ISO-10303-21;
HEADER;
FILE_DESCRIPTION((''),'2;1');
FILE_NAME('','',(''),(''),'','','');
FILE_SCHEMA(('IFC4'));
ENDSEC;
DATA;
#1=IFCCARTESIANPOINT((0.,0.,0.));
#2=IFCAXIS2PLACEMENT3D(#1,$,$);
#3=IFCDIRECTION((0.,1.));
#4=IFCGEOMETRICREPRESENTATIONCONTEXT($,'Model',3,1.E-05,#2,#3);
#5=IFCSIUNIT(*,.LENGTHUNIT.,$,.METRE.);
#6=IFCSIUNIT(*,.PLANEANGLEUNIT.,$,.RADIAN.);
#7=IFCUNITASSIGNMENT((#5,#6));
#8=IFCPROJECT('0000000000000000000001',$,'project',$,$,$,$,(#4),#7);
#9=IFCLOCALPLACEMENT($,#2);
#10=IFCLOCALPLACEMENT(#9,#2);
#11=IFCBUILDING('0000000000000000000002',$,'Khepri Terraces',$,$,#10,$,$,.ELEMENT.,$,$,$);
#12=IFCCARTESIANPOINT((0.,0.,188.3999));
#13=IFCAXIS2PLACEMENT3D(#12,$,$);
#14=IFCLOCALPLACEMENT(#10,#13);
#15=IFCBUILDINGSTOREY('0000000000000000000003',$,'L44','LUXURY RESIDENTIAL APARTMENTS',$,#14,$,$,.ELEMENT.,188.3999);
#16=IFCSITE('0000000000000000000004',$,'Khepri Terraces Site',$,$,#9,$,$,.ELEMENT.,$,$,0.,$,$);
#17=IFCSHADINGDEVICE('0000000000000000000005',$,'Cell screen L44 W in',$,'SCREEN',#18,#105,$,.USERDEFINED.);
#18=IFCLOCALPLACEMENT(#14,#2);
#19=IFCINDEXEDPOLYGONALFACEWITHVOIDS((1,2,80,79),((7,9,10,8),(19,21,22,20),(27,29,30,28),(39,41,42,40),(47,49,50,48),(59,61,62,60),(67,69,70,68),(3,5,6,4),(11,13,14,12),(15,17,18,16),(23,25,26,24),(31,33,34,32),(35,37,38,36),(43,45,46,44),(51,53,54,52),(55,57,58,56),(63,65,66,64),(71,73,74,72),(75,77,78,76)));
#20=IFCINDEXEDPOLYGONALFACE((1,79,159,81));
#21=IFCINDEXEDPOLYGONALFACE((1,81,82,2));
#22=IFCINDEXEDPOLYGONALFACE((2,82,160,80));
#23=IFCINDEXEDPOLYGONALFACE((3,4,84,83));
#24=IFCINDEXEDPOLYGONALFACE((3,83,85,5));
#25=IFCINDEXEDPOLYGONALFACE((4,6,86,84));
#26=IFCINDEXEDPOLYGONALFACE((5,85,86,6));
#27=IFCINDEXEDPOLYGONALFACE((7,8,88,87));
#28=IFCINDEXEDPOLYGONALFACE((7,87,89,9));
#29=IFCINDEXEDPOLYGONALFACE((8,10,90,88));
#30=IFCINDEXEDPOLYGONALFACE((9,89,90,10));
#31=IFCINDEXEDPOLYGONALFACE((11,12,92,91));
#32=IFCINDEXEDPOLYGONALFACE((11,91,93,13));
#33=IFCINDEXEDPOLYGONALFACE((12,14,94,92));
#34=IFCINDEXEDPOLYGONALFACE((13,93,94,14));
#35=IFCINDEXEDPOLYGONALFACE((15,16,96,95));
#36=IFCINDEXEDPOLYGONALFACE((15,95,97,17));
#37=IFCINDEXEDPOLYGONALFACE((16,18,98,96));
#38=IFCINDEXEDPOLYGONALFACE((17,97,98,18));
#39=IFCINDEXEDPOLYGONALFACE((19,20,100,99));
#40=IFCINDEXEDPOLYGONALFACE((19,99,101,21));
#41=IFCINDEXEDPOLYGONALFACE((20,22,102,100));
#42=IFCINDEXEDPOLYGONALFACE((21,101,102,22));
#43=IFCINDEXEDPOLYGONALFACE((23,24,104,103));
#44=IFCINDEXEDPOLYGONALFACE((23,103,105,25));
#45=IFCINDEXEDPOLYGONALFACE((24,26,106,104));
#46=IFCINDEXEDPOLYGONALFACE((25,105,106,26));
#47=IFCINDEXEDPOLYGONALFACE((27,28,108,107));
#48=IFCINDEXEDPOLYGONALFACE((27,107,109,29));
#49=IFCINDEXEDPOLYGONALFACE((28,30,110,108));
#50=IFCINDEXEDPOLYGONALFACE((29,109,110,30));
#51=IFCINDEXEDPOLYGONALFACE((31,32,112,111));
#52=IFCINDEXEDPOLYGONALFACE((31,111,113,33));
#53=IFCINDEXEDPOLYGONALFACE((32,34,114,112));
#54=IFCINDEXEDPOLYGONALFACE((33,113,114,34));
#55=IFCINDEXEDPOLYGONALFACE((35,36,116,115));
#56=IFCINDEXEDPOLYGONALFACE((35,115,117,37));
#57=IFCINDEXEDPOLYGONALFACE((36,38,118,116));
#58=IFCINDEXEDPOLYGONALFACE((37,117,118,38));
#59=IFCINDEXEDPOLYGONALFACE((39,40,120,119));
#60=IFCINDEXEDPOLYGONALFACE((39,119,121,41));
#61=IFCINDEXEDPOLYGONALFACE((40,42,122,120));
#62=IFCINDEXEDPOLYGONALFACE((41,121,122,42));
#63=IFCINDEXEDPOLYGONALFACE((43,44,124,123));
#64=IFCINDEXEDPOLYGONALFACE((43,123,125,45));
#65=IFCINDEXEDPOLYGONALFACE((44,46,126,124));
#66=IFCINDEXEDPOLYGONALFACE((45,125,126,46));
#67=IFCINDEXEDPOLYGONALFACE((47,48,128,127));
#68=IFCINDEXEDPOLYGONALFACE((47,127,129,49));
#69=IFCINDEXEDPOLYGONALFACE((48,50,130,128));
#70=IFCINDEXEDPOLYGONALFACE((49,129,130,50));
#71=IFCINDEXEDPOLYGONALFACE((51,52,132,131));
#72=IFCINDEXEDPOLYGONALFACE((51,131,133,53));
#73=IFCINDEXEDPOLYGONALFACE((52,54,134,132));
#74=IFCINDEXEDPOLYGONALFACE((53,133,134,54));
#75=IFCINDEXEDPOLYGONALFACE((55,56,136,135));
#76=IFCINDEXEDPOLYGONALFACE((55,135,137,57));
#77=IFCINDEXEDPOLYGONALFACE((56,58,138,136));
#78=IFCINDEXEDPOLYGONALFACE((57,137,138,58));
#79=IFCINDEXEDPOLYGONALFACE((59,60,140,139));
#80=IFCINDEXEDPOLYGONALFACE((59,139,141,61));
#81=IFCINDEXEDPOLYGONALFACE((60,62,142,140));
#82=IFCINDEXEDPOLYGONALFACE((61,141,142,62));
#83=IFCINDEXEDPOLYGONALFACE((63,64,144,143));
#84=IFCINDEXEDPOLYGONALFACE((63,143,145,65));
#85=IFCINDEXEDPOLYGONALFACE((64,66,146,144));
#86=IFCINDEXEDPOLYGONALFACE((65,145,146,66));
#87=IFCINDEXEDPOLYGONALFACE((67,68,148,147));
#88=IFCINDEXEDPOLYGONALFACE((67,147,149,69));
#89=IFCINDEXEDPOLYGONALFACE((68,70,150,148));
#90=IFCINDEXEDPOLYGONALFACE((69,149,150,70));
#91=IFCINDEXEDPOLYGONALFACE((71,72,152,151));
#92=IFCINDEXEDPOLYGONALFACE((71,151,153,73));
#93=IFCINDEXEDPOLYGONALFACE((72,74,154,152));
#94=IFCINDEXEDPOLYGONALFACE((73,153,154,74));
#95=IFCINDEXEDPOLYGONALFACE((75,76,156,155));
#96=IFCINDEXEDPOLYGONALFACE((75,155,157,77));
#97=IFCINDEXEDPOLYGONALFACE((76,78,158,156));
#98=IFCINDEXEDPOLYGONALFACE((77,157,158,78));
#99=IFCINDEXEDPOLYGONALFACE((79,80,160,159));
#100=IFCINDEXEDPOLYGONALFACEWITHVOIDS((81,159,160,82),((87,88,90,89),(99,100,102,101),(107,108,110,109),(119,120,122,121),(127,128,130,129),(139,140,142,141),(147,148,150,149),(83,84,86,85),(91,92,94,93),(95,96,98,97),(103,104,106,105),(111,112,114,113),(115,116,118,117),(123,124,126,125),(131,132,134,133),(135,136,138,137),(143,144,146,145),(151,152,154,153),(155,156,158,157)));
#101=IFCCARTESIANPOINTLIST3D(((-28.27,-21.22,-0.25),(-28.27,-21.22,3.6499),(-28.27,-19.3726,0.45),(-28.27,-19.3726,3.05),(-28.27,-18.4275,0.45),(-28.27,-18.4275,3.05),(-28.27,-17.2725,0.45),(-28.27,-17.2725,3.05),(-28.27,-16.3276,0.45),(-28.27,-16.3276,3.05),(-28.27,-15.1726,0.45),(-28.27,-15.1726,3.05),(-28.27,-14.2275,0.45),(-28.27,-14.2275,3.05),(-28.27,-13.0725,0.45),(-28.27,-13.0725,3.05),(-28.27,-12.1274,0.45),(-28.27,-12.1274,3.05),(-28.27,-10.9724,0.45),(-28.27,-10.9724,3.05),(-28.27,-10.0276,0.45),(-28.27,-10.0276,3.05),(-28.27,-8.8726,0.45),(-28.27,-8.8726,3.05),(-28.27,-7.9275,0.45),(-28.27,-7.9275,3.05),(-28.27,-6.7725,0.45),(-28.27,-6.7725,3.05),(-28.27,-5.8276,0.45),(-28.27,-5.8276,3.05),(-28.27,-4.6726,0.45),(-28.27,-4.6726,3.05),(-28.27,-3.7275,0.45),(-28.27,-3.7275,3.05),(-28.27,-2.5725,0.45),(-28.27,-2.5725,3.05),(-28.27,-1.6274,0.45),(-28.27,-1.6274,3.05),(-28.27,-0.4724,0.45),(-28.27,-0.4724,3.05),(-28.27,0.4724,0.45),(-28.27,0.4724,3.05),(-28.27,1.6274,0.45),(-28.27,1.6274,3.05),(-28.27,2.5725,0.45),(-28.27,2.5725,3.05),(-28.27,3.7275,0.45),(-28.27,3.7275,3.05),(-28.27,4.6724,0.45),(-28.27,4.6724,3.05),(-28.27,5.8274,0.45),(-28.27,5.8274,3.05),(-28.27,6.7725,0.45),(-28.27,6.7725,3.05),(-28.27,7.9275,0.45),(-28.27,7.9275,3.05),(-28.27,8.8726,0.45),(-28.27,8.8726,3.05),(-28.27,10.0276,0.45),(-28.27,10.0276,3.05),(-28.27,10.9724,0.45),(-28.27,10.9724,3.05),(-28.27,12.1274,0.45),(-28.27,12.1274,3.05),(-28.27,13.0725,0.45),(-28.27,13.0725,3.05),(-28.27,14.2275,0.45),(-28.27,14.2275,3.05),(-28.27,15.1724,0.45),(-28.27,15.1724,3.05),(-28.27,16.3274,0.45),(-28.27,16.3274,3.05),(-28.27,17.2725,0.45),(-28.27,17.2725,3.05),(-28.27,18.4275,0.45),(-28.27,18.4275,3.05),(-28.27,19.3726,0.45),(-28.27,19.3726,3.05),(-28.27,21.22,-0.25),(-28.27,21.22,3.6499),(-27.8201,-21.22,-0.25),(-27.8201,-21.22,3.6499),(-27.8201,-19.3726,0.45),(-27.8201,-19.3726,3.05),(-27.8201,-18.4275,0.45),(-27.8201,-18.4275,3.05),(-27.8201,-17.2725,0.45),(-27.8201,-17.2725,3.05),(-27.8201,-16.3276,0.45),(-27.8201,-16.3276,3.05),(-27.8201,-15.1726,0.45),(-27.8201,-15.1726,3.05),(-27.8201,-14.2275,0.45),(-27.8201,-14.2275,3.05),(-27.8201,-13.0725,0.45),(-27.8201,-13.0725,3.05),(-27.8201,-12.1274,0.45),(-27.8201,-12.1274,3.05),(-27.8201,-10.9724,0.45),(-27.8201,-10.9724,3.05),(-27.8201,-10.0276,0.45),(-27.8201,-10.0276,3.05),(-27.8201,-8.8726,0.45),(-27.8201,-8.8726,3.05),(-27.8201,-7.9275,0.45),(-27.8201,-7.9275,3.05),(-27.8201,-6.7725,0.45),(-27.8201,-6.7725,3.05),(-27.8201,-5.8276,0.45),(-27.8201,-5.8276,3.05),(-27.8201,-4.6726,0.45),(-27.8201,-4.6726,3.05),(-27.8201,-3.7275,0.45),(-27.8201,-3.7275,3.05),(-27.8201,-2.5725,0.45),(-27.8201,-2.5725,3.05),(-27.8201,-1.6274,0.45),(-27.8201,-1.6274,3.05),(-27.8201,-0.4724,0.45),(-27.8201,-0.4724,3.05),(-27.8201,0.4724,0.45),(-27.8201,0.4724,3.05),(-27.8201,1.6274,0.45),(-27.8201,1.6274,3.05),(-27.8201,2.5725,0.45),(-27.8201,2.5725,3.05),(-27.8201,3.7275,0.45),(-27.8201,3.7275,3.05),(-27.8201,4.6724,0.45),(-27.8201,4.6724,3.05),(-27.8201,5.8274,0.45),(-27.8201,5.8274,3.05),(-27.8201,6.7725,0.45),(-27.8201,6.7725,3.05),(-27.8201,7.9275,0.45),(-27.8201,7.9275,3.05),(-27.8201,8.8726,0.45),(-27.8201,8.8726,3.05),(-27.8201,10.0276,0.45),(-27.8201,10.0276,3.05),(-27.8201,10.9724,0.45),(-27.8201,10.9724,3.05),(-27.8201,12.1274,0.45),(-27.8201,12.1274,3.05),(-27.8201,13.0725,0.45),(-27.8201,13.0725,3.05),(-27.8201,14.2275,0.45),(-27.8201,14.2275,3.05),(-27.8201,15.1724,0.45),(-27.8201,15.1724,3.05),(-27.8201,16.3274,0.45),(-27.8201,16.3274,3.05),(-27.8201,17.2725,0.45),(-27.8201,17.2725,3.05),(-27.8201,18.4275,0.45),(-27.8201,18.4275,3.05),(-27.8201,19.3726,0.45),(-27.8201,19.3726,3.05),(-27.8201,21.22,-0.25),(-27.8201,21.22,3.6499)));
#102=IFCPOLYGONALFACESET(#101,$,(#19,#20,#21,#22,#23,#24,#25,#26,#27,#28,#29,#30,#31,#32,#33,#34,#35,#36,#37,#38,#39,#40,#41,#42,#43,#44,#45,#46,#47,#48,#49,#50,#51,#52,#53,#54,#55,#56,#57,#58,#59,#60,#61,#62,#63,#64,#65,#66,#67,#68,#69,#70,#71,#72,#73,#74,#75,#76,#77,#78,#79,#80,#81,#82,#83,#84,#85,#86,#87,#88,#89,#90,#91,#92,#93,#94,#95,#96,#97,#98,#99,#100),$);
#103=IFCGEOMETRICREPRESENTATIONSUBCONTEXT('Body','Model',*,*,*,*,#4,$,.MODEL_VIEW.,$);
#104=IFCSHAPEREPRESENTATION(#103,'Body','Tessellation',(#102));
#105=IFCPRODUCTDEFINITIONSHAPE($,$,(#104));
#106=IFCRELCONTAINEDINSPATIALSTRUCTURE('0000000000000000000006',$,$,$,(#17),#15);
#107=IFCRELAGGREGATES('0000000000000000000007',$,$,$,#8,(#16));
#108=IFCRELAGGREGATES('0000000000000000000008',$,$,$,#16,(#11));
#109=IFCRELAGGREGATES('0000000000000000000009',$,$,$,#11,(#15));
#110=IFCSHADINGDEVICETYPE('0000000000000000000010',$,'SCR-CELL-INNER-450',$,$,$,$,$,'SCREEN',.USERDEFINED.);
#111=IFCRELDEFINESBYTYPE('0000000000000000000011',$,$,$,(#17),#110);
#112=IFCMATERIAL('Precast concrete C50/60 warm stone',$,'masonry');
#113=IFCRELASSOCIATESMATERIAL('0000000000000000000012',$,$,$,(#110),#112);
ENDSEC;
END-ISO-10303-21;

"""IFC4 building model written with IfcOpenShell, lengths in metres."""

from ifc_helpers import new_model, si_unit, direction, frame, origin, place, context, subcontext, project, spatial, polyline, outline, extrude, material, type_object, element, save


model = new_model("IFC4")

# Units and contexts
model_context = context("Model", 3, precision=1e-05, world=origin(), true_north=direction((0.0, 1.0)))
body_context = subcontext(model_context, "Body", "Model", "MODEL_VIEW")
ifc_project = project(units=[si_unit("LENGTHUNIT", "METRE"), si_unit("PLANEANGLEUNIT", "RADIAN")], contexts=[model_context])

# Site, building, storey
site_placement = place(None, origin())
site = spatial("IfcSite", under=ifc_project, at=site_placement, Name="Khepri Terraces Site", CompositionType="ELEMENT", RefElevation=0.0)
building_placement = place(site_placement, origin())
building = spatial("IfcBuilding", under=site, at=building_placement, Name="Khepri Terraces", CompositionType="ELEMENT")
storey_placement = place(building_placement, frame((0.0, 0.0, 188.3999)))
storey = spatial("IfcBuildingStorey", under=building, at=storey_placement, Name="L44", Description="LUXURY RESIDENTIAL APARTMENTS", CompositionType="ELEMENT", Elevation=188.3999)

# Shared definitions
ifc_material_1 = material(Name="Precast concrete C50/60 warm stone", Category="masonry")

# Shading device
shading_device_type_1 = type_object("IfcShadingDeviceType", Name="SCR-CELL-INNER-450", ElementType="SCREEN", PredefinedType="USERDEFINED", material=ifc_material_1)
shading_device_1_placement = place(storey_placement, frame((-27.8201, 21.22, -0.25), z_axis=(-1.0, 0.0, 0.0), x_axis=(0.0, -1.0, 0.0)))
element("IfcShadingDevice", 1, at=shading_device_1_placement, inside=storey, type_object=shading_device_type_1, Name="Cell screen L44 W in", ObjectType="SCREEN", PredefinedType="USERDEFINED", context=body_context, shape_type="SweptSolid", body=[
    extrude(outline(polyline([(0.0, 0.0), (42.4399, 0.0), (42.4399, 3.8999), (0.0, 3.8999), (0.0, 0.0)]), holes=[polyline([(1.8474, 0.7), (2.7925, 0.7), (2.7925, 3.3), (1.8474, 3.3), (1.8474, 0.7)]), polyline([(3.9475, 0.7), (4.8926, 0.7), (4.8926, 3.3), (3.9475, 3.3), (3.9475, 0.7)]), polyline([(6.0476, 0.7), (6.9924, 0.7), (6.9924, 3.3), (6.0476, 3.3), (6.0476, 0.7)]), polyline([(8.1475, 0.7), (9.0925, 0.7), (9.0925, 3.3), (8.1475, 3.3), (8.1475, 0.7)]), polyline([(10.2476, 0.7), (11.1924, 0.7), (11.1924, 3.3), (10.2476, 3.3), (10.2476, 0.7)]), polyline([(12.3474, 0.7), (13.2925, 0.7), (13.2925, 3.3), (12.3474, 3.3), (12.3474, 0.7)]), polyline([(14.4475, 0.7), (15.3926, 0.7), (15.3926, 3.3), (14.4475, 3.3), (14.4475, 0.7)]), polyline([(16.5476, 0.7), (17.4924, 0.7), (17.4924, 3.3), (16.5476, 3.3), (16.5476, 0.7)]), polyline([(18.6475, 0.7), (19.5925, 0.7), (19.5925, 3.3), (18.6475, 3.3), (18.6475, 0.7)]), polyline([(20.7476, 0.7), (21.6924, 0.7), (21.6924, 3.3), (20.7476, 3.3), (20.7476, 0.7)]), polyline([(22.8474, 0.7), (23.7925, 0.7), (23.7925, 3.3), (22.8474, 3.3), (22.8474, 0.7)]), polyline([(24.9475, 0.7), (25.8926, 0.7), (25.8926, 3.3), (24.9475, 3.3), (24.9475, 0.7)]), polyline([(27.0476, 0.7), (27.9924, 0.7), (27.9924, 3.3), (27.0476, 3.3), (27.0476, 0.7)]), polyline([(29.1475, 0.7), (30.0925, 0.7), (30.0925, 3.3), (29.1475, 3.3), (29.1475, 0.7)]), polyline([(31.2476, 0.7), (32.1924, 0.7), (32.1924, 3.3), (31.2476, 3.3), (31.2476, 0.7)]), polyline([(33.3474, 0.7), (34.2925, 0.7), (34.2925, 3.3), (33.3474, 3.3), (33.3474, 0.7)]), polyline([(35.4475, 0.7), (36.3926, 0.7), (36.3926, 3.3), (35.4475, 3.3), (35.4475, 0.7)]), polyline([(37.5476, 0.7), (38.4924, 0.7), (38.4924, 3.3), (37.5476, 3.3), (37.5476, 0.7)]), polyline([(39.6475, 0.7), (40.5925, 0.7), (40.5925, 3.3), (39.6475, 3.3), (39.6475, 0.7)])]), origin(), (0.0, 0.0, 1.0), 0.45),
])

save(model, "model.ifc")
